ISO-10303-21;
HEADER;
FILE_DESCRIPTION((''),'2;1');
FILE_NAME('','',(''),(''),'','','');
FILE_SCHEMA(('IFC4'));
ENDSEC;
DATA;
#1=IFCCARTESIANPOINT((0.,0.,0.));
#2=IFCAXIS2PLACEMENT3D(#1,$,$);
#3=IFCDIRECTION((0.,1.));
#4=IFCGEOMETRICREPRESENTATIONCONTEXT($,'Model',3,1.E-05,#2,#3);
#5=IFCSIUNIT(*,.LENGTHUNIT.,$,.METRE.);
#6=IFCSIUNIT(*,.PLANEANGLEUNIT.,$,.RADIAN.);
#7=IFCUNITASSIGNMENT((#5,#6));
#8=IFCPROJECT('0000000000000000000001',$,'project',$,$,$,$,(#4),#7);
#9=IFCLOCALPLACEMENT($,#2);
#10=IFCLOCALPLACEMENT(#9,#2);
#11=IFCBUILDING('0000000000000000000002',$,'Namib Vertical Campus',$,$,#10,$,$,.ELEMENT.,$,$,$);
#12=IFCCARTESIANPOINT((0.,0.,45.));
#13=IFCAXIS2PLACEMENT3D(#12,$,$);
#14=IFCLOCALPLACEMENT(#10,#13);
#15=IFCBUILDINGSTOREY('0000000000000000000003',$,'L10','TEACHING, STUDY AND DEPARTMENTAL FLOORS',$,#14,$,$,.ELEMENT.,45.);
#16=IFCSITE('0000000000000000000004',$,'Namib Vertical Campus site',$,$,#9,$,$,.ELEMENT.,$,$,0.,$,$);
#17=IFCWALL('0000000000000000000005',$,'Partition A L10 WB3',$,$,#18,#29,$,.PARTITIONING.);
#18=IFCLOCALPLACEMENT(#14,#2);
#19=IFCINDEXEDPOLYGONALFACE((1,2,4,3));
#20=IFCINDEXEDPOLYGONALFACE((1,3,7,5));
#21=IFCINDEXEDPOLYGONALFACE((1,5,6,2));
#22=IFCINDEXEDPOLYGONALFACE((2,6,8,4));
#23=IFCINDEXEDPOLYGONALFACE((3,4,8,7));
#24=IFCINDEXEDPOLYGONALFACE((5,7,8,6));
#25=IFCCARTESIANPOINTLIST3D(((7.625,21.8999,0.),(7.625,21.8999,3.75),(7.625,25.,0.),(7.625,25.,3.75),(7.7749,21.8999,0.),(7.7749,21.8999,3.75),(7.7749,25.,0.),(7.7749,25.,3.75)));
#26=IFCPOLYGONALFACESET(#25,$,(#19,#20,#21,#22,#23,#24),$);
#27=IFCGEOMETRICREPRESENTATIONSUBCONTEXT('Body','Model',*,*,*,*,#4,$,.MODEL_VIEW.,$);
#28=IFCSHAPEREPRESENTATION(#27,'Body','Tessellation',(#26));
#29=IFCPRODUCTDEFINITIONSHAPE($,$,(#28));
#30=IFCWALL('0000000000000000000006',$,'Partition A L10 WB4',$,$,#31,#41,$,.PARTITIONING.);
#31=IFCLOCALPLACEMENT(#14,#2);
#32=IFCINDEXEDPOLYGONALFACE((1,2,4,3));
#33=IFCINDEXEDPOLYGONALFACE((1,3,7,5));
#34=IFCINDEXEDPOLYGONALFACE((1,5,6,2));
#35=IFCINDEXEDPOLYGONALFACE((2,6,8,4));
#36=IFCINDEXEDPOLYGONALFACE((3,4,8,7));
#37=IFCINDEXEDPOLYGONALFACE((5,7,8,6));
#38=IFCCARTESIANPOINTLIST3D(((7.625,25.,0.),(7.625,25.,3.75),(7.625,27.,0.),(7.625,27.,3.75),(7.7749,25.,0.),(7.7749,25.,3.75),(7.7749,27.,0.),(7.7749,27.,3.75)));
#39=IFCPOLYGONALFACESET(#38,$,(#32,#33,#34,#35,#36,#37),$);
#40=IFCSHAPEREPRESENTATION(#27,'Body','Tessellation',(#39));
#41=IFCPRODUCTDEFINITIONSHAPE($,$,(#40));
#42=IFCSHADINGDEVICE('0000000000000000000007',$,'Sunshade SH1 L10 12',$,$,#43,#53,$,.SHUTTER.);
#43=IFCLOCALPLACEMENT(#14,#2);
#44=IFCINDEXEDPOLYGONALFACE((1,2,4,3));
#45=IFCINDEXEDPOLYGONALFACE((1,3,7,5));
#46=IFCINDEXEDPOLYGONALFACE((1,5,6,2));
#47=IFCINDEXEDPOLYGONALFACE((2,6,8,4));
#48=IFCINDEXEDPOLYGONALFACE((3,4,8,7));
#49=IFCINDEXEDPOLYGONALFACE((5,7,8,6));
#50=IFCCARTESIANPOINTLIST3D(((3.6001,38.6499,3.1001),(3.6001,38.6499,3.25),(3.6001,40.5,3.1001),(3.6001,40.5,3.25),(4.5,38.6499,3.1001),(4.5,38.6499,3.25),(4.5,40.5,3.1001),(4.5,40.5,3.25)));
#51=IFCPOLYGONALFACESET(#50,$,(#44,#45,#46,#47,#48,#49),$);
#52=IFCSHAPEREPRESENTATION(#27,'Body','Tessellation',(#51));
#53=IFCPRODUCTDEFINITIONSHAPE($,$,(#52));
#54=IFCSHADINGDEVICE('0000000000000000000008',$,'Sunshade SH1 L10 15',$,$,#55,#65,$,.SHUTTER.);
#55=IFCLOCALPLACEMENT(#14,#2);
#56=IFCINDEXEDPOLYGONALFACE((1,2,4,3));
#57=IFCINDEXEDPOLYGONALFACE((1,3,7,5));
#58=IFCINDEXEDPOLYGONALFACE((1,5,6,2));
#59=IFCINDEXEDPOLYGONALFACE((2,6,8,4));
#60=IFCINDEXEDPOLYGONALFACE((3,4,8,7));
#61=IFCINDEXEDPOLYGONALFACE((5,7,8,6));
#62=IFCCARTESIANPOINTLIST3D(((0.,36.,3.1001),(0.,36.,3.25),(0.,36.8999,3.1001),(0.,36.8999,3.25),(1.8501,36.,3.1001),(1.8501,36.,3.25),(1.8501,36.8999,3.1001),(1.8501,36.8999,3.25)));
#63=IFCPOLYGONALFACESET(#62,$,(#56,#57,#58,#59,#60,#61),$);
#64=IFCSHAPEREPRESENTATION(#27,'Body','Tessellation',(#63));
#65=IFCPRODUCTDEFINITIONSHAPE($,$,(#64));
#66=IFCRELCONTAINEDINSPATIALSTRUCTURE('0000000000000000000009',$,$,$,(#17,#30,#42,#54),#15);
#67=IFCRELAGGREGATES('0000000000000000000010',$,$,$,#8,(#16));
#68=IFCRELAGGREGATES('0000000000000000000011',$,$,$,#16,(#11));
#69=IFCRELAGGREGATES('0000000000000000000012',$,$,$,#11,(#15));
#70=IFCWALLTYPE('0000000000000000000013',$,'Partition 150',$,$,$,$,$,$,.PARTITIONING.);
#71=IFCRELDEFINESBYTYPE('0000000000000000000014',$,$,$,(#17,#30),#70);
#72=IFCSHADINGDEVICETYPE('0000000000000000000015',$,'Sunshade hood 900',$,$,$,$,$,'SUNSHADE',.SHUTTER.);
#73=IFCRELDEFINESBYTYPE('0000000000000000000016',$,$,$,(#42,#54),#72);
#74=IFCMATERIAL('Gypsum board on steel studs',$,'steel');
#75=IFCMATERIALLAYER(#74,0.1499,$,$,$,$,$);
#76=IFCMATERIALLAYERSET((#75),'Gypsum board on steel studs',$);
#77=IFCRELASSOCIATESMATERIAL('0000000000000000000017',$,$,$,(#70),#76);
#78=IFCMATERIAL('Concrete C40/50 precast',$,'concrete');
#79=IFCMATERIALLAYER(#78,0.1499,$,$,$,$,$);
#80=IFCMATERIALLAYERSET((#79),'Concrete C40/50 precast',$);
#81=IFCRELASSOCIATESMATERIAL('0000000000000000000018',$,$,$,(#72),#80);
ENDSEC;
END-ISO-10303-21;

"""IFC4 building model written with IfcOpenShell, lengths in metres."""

from ifc_helpers import new_model, si_unit, direction, frame, frame_2d, origin, origin_2d, place, context, subcontext, project, spatial, rectangle, extrude, material, layer, layer_set, type_object, element, save


model = new_model("IFC4")

# Units and contexts
model_context = context("Model", 3, precision=1e-05, world=origin(), true_north=direction((0.0, 1.0)))
body_context = subcontext(model_context, "Body", "Model", "MODEL_VIEW")
ifc_project = project(units=[si_unit("LENGTHUNIT", "METRE"), si_unit("PLANEANGLEUNIT", "RADIAN")], contexts=[model_context])

# Site, building, storey
site_placement = place(None, origin())
site = spatial("IfcSite", under=ifc_project, at=site_placement, Name="Namib Vertical Campus site", CompositionType="ELEMENT", RefElevation=0.0)
building_placement = place(site_placement, origin())
building = spatial("IfcBuilding", under=site, at=building_placement, Name="Namib Vertical Campus", CompositionType="ELEMENT")
storey_placement = place(building_placement, frame((0.0, 0.0, 45.0)))
storey = spatial("IfcBuildingStorey", under=building, at=storey_placement, Name="L10", Description="TEACHING, STUDY AND DEPARTMENTAL FLOORS", CompositionType="ELEMENT", Elevation=45.0)

# Walls
ifc_material_1 = material(Name="Gypsum board on steel studs", Category="steel")
ifc_layer_1 = layer(ifc_material_1, 0.1499)
ifc_layer_set_1 = layer_set([ifc_layer_1], Name="Gypsum board on steel studs")
wall_type_1 = type_object("IfcWallType", Name="Partition 150", PredefinedType="PARTITIONING", material=ifc_layer_set_1)
wall_1_placement = place(storey_placement, frame((7.7, 21.8999, 0.0), z_axis=(0.0, 0.0, 1.0), x_axis=(0.0, 1.0, 0.0)))
element("IfcWall", 1, at=wall_1_placement, inside=storey, type_object=wall_type_1, Name="Partition A L10 WB3", PredefinedType="PARTITIONING", context=body_context, shape_type="SweptSolid", body=[
    extrude(rectangle(XDim=3.1001, YDim=0.1499, at=frame_2d((1.55, 0.0))), origin(), (0.0, 0.0, 1.0), 3.75),
])
wall_2_placement = place(storey_placement, frame((7.7, 25.0, 0.0), z_axis=(0.0, 0.0, 1.0), x_axis=(0.0, 1.0, 0.0)))
element("IfcWall", 2, at=wall_2_placement, inside=storey, type_object=wall_type_1, Name="Partition A L10 WB4", PredefinedType="PARTITIONING", context=body_context, shape_type="SweptSolid", body=[
    extrude(rectangle(XDim=2.0, YDim=0.1499, at=frame_2d((1.0, 0.0))), origin(), (0.0, 0.0, 1.0), 3.75),
])

# Shading devices
ifc_material_2 = material(Name="Concrete C40/50 precast", Category="concrete")
ifc_layer_2 = layer(ifc_material_2, 0.1499)
ifc_layer_set_2 = layer_set([ifc_layer_2], Name="Concrete C40/50 precast")
shading_device_type = type_object("IfcShadingDeviceType", Name="Sunshade hood 900", ElementType="SUNSHADE", PredefinedType="SHUTTER", material=ifc_layer_set_2)
for number, where, z_axis, x_axis, name in (
    (3, (4.05, 39.575, 3.1001), (0.0, 0.0, 1.0), (0.0, -1.0, 0.0), "Sunshade SH1 L10 12"),
    (4, (0.925, 36.45, 3.1001), (0.0, 0.0, 1.0), (-1.0, 0.0, 0.0), "Sunshade SH1 L10 15"),
):
    element("IfcShadingDevice", number, at=place(storey_placement, frame(where, z_axis=z_axis, x_axis=x_axis)), inside=storey, type_object=shading_device_type, Name=name, PredefinedType="SHUTTER", context=body_context, shape_type="SweptSolid", body=[
        extrude(rectangle(XDim=1.8501, YDim=0.8999, at=origin_2d()), origin(), (0.0, 0.0, 1.0), 0.1499),
    ])

save(model, "model.ifc")
